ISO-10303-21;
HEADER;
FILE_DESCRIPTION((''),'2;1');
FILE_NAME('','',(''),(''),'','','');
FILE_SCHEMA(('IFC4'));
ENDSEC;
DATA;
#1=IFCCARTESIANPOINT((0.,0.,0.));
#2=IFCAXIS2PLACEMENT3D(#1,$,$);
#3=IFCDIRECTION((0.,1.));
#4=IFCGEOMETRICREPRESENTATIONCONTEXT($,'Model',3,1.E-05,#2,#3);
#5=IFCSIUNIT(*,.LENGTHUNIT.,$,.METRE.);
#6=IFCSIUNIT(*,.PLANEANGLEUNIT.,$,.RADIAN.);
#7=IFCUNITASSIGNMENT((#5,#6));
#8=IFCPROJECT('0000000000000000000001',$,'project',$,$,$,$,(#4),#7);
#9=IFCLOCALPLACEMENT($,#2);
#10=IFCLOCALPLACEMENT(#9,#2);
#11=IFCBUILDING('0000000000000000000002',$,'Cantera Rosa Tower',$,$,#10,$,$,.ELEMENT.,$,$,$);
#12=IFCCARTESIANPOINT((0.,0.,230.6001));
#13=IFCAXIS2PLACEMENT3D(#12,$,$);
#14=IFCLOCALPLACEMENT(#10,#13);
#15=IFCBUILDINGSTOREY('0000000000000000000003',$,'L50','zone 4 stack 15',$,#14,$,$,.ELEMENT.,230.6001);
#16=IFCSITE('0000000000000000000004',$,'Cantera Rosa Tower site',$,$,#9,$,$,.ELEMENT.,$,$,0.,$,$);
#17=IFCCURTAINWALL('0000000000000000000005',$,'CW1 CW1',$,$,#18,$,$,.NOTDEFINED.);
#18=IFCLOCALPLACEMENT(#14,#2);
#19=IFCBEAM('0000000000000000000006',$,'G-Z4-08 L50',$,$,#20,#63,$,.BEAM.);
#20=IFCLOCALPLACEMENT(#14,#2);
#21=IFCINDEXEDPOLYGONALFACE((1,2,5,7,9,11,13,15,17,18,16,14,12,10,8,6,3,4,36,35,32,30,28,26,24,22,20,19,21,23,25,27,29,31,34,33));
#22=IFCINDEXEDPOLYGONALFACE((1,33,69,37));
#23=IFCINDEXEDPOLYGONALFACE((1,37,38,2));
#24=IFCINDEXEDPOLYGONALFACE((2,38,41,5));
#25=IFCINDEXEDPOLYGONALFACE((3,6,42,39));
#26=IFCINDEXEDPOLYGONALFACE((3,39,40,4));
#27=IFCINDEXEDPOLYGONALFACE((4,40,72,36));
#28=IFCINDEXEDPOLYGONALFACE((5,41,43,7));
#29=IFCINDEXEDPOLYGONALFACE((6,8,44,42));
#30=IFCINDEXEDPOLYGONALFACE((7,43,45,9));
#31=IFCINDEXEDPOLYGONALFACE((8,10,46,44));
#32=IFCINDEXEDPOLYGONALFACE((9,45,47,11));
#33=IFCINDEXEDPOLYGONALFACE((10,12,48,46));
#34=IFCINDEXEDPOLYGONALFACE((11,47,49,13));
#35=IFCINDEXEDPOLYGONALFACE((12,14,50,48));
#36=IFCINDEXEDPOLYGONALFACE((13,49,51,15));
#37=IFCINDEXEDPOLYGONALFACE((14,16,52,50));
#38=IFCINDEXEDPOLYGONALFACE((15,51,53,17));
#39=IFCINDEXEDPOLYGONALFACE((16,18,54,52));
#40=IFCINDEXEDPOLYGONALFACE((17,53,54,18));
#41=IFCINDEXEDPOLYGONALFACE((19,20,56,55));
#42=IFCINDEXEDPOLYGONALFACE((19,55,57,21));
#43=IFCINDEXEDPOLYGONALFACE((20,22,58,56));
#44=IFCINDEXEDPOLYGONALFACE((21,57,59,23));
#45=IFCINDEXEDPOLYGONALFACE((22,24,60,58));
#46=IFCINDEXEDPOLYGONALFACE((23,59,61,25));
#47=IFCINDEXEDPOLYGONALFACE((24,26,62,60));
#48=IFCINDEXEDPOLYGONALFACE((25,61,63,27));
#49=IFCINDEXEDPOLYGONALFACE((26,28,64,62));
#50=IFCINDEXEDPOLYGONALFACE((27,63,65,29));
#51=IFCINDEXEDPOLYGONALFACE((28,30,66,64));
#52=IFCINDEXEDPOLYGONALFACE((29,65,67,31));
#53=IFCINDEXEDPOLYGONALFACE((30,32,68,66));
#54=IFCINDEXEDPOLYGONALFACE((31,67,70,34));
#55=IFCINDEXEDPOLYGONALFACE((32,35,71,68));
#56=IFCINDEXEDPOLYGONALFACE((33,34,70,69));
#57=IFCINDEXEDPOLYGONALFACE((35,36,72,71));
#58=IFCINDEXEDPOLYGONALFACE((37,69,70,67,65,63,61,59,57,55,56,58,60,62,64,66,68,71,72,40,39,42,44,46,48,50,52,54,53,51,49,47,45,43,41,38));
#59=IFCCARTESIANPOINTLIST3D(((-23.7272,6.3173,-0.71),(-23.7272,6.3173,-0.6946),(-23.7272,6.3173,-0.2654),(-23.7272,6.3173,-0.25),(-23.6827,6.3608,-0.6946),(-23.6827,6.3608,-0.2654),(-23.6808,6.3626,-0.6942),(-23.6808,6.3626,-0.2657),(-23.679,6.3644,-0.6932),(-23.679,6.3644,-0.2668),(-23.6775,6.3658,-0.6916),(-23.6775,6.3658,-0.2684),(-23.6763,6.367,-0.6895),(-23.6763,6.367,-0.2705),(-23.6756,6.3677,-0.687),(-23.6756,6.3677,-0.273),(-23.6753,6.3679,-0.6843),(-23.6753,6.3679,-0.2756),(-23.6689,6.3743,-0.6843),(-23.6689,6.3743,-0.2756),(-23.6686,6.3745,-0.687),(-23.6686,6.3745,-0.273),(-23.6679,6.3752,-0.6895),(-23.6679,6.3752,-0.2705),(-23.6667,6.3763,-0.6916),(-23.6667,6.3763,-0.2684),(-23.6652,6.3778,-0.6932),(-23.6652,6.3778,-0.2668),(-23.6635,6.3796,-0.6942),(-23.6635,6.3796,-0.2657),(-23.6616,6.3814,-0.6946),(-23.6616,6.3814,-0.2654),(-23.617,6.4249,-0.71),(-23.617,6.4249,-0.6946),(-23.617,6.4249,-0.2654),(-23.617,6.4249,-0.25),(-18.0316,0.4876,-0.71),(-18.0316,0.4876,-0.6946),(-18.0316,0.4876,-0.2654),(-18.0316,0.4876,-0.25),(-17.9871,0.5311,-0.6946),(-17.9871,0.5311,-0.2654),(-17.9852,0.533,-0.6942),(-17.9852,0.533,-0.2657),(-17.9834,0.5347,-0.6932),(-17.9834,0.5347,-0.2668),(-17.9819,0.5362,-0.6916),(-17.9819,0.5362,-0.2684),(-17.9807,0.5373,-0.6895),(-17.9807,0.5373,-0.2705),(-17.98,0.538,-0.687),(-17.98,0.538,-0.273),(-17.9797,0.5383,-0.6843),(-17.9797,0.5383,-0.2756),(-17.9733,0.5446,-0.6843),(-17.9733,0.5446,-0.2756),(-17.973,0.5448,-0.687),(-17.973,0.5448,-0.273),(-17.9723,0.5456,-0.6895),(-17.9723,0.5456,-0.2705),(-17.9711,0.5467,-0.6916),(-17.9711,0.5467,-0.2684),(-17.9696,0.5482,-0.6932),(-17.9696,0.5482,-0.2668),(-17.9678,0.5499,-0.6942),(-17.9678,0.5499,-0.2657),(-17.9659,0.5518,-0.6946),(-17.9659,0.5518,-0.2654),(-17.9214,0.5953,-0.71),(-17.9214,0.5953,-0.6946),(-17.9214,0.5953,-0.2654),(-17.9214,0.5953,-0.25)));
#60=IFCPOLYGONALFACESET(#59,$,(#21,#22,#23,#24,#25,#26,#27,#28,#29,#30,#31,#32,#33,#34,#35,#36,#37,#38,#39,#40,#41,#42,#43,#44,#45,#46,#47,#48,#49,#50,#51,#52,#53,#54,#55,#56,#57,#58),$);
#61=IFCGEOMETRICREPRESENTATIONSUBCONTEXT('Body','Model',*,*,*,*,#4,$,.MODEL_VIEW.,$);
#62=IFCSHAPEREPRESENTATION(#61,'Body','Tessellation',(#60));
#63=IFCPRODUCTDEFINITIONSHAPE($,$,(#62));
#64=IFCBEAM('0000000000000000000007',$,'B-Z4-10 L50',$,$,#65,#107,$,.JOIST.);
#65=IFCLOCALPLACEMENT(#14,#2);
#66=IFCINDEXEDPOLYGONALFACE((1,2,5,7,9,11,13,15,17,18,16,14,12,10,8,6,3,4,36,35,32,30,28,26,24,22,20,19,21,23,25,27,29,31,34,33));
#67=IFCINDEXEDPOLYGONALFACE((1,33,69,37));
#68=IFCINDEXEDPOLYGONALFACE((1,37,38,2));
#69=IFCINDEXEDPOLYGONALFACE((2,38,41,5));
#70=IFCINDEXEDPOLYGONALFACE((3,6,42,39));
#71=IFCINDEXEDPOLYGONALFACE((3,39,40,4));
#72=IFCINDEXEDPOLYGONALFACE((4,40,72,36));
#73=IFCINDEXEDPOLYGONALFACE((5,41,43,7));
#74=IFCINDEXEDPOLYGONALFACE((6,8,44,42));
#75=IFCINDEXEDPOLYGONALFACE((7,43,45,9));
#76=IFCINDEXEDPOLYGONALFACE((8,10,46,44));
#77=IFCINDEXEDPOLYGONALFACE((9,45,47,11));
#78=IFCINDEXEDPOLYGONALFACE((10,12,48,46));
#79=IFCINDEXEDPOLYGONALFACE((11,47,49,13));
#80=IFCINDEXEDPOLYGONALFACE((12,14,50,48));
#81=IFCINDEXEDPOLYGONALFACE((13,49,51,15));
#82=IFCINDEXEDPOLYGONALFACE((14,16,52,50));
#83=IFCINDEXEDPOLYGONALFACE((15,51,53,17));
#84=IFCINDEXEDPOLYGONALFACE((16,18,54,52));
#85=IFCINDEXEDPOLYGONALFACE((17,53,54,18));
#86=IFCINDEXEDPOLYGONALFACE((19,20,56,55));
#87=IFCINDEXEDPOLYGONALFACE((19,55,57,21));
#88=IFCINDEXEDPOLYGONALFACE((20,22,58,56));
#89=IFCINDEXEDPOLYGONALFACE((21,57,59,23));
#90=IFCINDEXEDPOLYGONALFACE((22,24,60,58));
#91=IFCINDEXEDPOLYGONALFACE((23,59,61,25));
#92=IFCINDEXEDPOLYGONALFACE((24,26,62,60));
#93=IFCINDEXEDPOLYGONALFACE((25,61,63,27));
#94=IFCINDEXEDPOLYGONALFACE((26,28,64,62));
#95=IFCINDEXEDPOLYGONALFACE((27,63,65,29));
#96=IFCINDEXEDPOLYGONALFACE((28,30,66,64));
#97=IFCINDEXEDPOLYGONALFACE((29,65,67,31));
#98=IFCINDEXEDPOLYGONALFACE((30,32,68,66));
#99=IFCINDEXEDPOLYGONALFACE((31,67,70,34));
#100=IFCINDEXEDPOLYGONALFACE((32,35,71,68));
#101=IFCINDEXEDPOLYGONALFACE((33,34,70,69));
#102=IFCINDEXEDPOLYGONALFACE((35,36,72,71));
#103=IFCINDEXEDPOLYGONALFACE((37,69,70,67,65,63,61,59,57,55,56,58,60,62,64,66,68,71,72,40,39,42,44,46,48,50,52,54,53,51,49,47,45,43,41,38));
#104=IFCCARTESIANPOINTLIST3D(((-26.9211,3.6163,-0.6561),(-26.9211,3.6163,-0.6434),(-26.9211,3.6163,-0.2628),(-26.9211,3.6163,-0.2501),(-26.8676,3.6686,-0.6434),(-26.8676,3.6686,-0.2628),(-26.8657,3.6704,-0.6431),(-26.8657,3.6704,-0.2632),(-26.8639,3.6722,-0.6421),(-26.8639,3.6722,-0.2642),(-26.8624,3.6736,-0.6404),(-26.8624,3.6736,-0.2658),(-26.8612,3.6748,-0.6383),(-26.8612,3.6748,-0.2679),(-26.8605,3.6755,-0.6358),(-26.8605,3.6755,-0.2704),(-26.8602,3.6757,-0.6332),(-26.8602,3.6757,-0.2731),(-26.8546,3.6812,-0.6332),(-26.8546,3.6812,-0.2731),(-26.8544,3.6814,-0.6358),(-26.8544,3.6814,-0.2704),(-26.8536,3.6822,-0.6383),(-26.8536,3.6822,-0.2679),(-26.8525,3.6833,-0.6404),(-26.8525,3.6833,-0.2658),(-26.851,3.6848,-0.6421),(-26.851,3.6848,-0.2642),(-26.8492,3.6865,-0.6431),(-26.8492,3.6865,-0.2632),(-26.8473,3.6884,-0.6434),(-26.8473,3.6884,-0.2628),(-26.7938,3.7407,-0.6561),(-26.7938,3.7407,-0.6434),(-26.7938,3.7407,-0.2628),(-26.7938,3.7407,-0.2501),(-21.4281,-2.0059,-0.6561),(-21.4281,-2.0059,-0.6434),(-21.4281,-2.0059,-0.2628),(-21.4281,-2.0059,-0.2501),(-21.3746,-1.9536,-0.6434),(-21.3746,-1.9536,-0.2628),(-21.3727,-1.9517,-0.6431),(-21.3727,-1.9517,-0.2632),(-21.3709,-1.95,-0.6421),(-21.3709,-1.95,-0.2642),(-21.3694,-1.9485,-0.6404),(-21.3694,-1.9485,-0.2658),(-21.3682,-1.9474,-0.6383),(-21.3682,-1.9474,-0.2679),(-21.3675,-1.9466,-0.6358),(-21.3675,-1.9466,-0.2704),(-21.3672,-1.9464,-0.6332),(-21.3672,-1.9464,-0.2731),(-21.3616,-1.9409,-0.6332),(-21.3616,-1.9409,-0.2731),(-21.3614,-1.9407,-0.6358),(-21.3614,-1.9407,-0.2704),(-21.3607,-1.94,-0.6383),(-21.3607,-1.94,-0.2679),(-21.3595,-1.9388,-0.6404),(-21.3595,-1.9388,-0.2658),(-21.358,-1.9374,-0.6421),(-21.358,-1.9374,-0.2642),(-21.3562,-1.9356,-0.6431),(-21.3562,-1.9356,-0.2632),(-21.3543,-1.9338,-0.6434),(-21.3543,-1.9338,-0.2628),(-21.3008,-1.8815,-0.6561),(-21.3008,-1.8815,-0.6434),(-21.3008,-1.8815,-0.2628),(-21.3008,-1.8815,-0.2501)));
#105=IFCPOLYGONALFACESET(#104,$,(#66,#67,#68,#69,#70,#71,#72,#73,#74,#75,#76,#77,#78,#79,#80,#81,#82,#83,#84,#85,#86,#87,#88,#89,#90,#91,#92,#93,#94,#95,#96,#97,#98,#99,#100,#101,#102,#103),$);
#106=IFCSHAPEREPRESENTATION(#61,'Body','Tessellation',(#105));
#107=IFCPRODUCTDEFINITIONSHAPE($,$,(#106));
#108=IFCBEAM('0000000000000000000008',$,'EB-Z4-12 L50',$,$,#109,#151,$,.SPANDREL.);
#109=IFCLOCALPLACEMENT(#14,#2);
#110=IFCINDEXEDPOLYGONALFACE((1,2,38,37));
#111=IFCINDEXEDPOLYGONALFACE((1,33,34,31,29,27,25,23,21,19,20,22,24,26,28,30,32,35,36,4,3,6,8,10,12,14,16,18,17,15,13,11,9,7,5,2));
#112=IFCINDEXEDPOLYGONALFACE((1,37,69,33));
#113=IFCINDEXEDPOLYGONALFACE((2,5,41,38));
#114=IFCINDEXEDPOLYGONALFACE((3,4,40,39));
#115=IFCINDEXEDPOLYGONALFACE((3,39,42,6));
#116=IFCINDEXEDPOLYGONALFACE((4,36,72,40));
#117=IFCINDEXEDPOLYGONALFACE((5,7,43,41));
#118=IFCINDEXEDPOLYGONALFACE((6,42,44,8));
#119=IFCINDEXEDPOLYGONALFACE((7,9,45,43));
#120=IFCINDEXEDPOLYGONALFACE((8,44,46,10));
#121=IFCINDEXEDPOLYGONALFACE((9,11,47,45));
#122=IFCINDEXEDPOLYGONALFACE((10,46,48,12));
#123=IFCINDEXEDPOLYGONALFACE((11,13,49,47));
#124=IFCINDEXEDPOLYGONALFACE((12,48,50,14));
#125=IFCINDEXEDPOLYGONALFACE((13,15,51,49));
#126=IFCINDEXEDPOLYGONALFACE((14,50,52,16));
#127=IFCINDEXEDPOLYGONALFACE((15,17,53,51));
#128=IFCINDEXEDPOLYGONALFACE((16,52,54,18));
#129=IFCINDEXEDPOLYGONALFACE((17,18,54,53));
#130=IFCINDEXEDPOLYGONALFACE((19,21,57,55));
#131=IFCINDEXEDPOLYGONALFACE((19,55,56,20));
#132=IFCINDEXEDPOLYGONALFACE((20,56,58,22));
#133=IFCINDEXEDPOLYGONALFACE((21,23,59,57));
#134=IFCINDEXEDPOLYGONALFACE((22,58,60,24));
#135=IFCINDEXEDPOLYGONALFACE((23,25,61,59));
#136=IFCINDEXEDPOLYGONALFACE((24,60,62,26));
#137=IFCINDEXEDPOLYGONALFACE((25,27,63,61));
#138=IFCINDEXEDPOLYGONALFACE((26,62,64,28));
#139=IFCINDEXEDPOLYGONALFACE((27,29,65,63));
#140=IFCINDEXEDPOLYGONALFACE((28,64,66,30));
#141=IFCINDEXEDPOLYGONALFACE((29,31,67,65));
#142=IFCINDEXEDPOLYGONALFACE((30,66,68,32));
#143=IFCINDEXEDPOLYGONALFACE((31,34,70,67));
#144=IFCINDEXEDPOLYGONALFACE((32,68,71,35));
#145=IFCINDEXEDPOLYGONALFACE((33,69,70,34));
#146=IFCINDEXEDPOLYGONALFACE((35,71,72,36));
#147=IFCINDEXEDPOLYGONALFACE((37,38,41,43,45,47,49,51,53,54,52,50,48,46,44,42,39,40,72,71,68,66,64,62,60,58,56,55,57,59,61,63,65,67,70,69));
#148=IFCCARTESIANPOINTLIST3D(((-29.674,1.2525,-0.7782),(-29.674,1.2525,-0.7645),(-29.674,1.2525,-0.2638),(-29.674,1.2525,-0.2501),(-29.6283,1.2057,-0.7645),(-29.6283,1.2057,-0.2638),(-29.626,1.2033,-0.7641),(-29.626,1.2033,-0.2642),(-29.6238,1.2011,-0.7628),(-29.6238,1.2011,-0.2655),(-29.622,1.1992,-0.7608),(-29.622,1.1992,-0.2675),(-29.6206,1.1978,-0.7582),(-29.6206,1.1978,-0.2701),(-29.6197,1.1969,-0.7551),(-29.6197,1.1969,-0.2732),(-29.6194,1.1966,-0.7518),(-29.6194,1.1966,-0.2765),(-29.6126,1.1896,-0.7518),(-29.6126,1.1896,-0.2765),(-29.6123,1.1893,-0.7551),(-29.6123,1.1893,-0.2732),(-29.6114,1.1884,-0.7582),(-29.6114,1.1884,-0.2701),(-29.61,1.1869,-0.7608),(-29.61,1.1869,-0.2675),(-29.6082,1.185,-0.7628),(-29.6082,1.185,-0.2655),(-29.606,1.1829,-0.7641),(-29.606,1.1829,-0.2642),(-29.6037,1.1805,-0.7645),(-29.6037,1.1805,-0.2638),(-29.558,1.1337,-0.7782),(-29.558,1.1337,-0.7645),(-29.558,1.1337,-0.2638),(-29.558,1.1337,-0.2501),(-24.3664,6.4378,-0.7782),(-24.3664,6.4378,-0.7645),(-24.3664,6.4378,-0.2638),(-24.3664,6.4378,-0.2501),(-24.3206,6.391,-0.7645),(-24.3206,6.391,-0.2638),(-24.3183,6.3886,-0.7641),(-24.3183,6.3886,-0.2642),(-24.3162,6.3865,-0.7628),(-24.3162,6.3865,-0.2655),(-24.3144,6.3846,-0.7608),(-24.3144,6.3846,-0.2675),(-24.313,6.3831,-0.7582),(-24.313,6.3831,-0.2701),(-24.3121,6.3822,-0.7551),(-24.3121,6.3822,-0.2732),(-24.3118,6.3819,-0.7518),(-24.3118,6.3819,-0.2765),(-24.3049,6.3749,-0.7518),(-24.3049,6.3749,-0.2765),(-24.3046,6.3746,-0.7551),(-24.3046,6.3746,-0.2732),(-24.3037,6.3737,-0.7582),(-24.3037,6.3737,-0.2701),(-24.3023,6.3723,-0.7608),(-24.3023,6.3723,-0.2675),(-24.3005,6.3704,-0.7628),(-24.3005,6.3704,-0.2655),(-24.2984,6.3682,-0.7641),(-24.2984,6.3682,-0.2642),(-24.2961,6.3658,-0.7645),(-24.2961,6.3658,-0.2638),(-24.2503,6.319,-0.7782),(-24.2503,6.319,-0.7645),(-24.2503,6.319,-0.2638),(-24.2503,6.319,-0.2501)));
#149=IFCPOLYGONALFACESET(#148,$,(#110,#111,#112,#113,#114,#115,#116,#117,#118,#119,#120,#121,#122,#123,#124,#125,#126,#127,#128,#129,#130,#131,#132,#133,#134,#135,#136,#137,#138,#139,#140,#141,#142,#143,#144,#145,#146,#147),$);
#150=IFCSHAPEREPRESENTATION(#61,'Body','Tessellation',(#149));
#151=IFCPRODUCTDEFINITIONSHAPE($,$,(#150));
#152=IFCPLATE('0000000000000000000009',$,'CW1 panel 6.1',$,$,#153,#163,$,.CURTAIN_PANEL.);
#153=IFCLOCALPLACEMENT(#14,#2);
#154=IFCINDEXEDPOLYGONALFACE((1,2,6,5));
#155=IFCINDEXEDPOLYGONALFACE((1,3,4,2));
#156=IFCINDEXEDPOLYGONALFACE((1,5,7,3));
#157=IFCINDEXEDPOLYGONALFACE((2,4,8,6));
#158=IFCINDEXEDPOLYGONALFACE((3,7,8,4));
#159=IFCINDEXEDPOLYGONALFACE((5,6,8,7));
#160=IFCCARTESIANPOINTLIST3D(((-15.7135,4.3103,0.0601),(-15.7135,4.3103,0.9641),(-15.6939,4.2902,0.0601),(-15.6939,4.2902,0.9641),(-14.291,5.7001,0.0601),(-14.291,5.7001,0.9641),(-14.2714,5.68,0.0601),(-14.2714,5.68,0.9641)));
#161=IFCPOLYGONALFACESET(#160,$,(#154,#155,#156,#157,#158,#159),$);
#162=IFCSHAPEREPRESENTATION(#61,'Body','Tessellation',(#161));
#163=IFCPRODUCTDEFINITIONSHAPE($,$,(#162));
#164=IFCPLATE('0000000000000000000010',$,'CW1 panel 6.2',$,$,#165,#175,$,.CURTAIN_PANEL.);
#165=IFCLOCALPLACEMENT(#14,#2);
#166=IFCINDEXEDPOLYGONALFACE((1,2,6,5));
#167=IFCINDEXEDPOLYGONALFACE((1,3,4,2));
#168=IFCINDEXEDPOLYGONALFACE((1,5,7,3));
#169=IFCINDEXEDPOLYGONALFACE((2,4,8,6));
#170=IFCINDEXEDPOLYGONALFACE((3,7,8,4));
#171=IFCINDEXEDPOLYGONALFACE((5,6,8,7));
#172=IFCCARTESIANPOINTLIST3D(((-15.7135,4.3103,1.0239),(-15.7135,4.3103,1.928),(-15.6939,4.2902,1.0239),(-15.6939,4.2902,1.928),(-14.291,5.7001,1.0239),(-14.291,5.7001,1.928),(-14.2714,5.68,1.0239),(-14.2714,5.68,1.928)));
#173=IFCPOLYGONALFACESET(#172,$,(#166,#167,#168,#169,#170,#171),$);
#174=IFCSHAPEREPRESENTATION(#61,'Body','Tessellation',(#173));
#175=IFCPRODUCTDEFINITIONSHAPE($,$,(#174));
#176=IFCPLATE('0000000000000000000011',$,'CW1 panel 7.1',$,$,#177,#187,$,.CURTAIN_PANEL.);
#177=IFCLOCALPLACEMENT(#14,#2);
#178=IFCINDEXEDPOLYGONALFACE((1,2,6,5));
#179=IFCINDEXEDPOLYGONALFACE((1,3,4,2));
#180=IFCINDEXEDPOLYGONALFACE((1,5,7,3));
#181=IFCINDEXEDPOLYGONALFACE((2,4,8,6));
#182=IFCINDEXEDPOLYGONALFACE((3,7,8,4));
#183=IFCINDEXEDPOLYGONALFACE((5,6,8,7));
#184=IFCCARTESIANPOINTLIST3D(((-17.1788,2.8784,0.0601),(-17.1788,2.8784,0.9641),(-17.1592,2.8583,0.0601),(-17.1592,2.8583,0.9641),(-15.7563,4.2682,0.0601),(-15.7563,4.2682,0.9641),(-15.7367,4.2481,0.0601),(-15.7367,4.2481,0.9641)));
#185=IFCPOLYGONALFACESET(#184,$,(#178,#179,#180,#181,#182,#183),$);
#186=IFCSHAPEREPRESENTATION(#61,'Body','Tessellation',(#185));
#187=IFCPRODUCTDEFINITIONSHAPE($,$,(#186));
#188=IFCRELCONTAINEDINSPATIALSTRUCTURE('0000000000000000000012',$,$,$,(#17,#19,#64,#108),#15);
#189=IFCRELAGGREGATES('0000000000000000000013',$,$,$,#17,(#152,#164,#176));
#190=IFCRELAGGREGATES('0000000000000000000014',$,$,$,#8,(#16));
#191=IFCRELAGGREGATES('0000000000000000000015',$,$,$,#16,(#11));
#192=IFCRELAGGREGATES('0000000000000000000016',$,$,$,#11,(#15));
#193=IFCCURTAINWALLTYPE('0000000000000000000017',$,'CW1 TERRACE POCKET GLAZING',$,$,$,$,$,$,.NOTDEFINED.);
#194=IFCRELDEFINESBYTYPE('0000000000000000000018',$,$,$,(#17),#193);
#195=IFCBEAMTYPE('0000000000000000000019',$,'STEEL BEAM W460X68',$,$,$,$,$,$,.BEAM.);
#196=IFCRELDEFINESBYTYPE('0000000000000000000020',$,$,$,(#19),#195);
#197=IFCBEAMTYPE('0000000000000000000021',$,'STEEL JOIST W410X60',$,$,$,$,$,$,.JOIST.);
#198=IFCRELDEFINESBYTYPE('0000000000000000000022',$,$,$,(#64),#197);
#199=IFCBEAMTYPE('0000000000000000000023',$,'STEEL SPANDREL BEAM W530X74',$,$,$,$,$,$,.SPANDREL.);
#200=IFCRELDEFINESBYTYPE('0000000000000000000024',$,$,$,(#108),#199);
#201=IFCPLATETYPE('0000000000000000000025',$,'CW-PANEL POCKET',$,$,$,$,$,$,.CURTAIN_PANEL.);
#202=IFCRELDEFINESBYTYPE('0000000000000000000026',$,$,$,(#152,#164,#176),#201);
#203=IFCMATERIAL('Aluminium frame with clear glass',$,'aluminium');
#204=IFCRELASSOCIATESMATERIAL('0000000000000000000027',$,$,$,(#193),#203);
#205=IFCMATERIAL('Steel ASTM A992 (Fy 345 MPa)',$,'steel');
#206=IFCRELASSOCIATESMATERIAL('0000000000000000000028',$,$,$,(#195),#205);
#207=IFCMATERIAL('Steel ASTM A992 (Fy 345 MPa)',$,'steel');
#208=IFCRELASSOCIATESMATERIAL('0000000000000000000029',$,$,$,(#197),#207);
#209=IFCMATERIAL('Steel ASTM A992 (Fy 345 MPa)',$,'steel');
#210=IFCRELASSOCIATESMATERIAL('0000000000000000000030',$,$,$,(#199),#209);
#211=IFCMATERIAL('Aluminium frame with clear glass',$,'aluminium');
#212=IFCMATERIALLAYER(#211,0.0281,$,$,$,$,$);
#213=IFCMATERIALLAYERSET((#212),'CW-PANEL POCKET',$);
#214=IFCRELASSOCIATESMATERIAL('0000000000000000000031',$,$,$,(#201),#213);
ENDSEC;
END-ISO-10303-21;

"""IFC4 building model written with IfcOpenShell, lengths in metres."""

from ifc_helpers import new_model, si_unit, direction, frame, origin, origin_2d, place, context, subcontext, project, spatial, rectangle, i_section, extrude, material, layer, layer_set, material_profile, profile_set, type_object, element, aggregate, save


model = new_model("IFC4")

# Units and contexts
model_context = context("Model", 3, precision=1e-05, world=origin(), true_north=direction((0.0, 1.0)))
body_context = subcontext(model_context, "Body", "Model", "MODEL_VIEW")
ifc_project = project(units=[si_unit("LENGTHUNIT", "METRE"), si_unit("PLANEANGLEUNIT", "RADIAN")], contexts=[model_context])

# Site, building, storey
site_placement = place(None, origin())
site = spatial("IfcSite", under=ifc_project, at=site_placement, Name="Cantera Rosa Tower site", CompositionType="ELEMENT", RefElevation=0.0)
building_placement = place(site_placement, origin())
building = spatial("IfcBuilding", under=site, at=building_placement, Name="Cantera Rosa Tower", CompositionType="ELEMENT")
storey_placement = place(building_placement, frame((0.0, 0.0, 230.6001)))
storey = spatial("IfcBuildingStorey", under=building, at=storey_placement, Name="L50", Description="zone 4 stack 15", CompositionType="ELEMENT", Elevation=230.6001)

# Curtain wall
ifc_material_1 = material(Name="Aluminium frame with clear glass", Category="aluminium")
curtain_wall_type = type_object("IfcCurtainWallType", Name="CW1 TERRACE POCKET GLAZING", PredefinedType="NOTDEFINED", material=ifc_material_1)
curtain_wall_placement = place(storey_placement, origin())
curtain_wall = element("IfcCurtainWall", 1, at=curtain_wall_placement, inside=storey, type_object=curtain_wall_type, Name="CW1 CW1", PredefinedType="NOTDEFINED")

# Beams
ifc_material_2 = material(Name="Steel ASTM A992 (Fy 345 MPa)", Category="steel")
ifc_material_profile_1 = material_profile(ifc_material_2, i_section(OverallWidth=0.1541, OverallDepth=0.46, WebThickness=0.009, FlangeThickness=0.0154, FilletRadius=0.0103, at=origin_2d()), Name="W460X68")
ifc_profile_set_1 = profile_set([ifc_material_profile_1], Name="Steel ASTM A992 (Fy 345 MPa)")
beam_type_1 = type_object("IfcBeamType", Name="STEEL BEAM W460X68", PredefinedType="BEAM", material=ifc_profile_set_1)
beam_1_placement = place(storey_placement, frame((-23.6721, 6.3711, -0.48), z_axis=(0.698836, -0.715282, 0.0), x_axis=(0.715282, 0.698836, 0.0)))
element("IfcBeam", 2, at=beam_1_placement, inside=storey, type_object=beam_type_1, Name="G-Z4-08 L50", PredefinedType="BEAM", context=body_context, shape_type="SweptSolid", body=[
    extrude(i_section(OverallWidth=0.1541, OverallDepth=0.46, WebThickness=0.009, FlangeThickness=0.0154, FilletRadius=0.0103, at=origin_2d()), origin(), (0.0, 0.0, 1.0), 8.1501),
])
ifc_material_3 = material(Name="Steel ASTM A992 (Fy 345 MPa)", Category="steel")
ifc_material_profile_2 = material_profile(ifc_material_3, i_section(OverallWidth=0.178, OverallDepth=0.406, WebThickness=0.0078, FlangeThickness=0.0127, FilletRadius=0.0103, at=origin_2d()), Name="W410X60")
ifc_profile_set_2 = profile_set([ifc_material_profile_2], Name="Steel ASTM A992 (Fy 345 MPa)")
beam_type_2 = type_object("IfcBeamType", Name="STEEL JOIST W410X60", PredefinedType="JOIST", material=ifc_profile_set_2)
beam_2_placement = place(storey_placement, frame((-26.8574, 3.6785, -0.4531), z_axis=(0.698843, -0.715275, 0.0), x_axis=(0.715275, 0.698843, 0.0)))
element("IfcBeam", 3, at=beam_2_placement, inside=storey, type_object=beam_type_2, Name="B-Z4-10 L50", PredefinedType="JOIST", context=body_context, shape_type="SweptSolid", body=[
    extrude(i_section(OverallWidth=0.178, OverallDepth=0.406, WebThickness=0.0078, FlangeThickness=0.0127, FilletRadius=0.0103, at=origin_2d()), origin(), (0.0, 0.0, 1.0), 7.8601),
])
ifc_material_4 = material(Name="Steel ASTM A992 (Fy 345 MPa)", Category="steel")
ifc_material_profile_3 = material_profile(ifc_material_4, i_section(OverallWidth=0.166, OverallDepth=0.5281, WebThickness=0.0098, FlangeThickness=0.0137, FilletRadius=0.0127, at=origin_2d()), Name="W530X74")
ifc_profile_set_3 = profile_set([ifc_material_profile_3], Name="Steel ASTM A992 (Fy 345 MPa)")
beam_type_3 = type_object("IfcBeamType", Name="STEEL SPANDREL BEAM W530X74", PredefinedType="SPANDREL", material=ifc_profile_set_3)
beam_3_placement = place(storey_placement, frame((-24.3083, 6.3784, -0.5142), z_axis=(-0.715301, -0.698817, 0.0), x_axis=(0.698817, -0.715301, 0.0)))
element("IfcBeam", 4, at=beam_3_placement, inside=storey, type_object=beam_type_3, Name="EB-Z4-12 L50", PredefinedType="SPANDREL", context=body_context, shape_type="SweptSolid", body=[
    extrude(i_section(OverallWidth=0.166, OverallDepth=0.5281, WebThickness=0.0098, FlangeThickness=0.0137, FilletRadius=0.0127, at=origin_2d()), origin(), (0.0, 0.0, 1.0), 7.4202),
])

# Plates
ifc_material_5 = material(Name="Aluminium frame with clear glass", Category="aluminium")
ifc_layer_1 = layer(ifc_material_5, 0.0281)
ifc_layer_set_1 = layer_set([ifc_layer_1], Name="CW-PANEL POCKET")
plate_type_1 = type_object("IfcPlateType", Name="CW-PANEL POCKET", PredefinedType="CURTAIN_PANEL", material=ifc_layer_set_1)
plate_1_placement = place(storey_placement, frame((-14.9924, 4.9951, 0.0601), z_axis=(0.0, 0.0, 1.0), x_axis=(-0.715286, -0.698832, 0.0)))
plate_1 = element("IfcPlate", 5, at=plate_1_placement, type_object=plate_type_1, Name="CW1 panel 6.1", PredefinedType="CURTAIN_PANEL", context=body_context, shape_type="SweptSolid", body=[
    extrude(rectangle(XDim=1.9888, YDim=0.0281, at=origin_2d()), origin(), (0.0, 0.0, 1.0), 0.9041),
])
plate_2_placement = place(storey_placement, frame((-14.9924, 4.9951, 1.0239), z_axis=(0.0, 0.0, 1.0), x_axis=(-0.715286, -0.698832, 0.0)))
plate_2 = element("IfcPlate", 6, at=plate_2_placement, type_object=plate_type_1, Name="CW1 panel 6.2", PredefinedType="CURTAIN_PANEL", context=body_context, shape_type="SweptSolid", body=[
    extrude(rectangle(XDim=1.9888, YDim=0.0281, at=origin_2d()), origin(), (0.0, 0.0, 1.0), 0.9041),
])
plate_3_placement = place(storey_placement, frame((-16.4578, 3.5632, 0.0601), z_axis=(0.0, 0.0, 1.0), x_axis=(-0.715286, -0.698832, 0.0)))
plate_3 = element("IfcPlate", 7, at=plate_3_placement, type_object=plate_type_1, Name="CW1 panel 7.1", PredefinedType="CURTAIN_PANEL", context=body_context, shape_type="SweptSolid", body=[
    extrude(rectangle(XDim=1.9888, YDim=0.0281, at=origin_2d()), origin(), (0.0, 0.0, 1.0), 0.9041),
])
aggregate(curtain_wall, [plate_1, plate_2, plate_3])

save(model, "model.ifc")
